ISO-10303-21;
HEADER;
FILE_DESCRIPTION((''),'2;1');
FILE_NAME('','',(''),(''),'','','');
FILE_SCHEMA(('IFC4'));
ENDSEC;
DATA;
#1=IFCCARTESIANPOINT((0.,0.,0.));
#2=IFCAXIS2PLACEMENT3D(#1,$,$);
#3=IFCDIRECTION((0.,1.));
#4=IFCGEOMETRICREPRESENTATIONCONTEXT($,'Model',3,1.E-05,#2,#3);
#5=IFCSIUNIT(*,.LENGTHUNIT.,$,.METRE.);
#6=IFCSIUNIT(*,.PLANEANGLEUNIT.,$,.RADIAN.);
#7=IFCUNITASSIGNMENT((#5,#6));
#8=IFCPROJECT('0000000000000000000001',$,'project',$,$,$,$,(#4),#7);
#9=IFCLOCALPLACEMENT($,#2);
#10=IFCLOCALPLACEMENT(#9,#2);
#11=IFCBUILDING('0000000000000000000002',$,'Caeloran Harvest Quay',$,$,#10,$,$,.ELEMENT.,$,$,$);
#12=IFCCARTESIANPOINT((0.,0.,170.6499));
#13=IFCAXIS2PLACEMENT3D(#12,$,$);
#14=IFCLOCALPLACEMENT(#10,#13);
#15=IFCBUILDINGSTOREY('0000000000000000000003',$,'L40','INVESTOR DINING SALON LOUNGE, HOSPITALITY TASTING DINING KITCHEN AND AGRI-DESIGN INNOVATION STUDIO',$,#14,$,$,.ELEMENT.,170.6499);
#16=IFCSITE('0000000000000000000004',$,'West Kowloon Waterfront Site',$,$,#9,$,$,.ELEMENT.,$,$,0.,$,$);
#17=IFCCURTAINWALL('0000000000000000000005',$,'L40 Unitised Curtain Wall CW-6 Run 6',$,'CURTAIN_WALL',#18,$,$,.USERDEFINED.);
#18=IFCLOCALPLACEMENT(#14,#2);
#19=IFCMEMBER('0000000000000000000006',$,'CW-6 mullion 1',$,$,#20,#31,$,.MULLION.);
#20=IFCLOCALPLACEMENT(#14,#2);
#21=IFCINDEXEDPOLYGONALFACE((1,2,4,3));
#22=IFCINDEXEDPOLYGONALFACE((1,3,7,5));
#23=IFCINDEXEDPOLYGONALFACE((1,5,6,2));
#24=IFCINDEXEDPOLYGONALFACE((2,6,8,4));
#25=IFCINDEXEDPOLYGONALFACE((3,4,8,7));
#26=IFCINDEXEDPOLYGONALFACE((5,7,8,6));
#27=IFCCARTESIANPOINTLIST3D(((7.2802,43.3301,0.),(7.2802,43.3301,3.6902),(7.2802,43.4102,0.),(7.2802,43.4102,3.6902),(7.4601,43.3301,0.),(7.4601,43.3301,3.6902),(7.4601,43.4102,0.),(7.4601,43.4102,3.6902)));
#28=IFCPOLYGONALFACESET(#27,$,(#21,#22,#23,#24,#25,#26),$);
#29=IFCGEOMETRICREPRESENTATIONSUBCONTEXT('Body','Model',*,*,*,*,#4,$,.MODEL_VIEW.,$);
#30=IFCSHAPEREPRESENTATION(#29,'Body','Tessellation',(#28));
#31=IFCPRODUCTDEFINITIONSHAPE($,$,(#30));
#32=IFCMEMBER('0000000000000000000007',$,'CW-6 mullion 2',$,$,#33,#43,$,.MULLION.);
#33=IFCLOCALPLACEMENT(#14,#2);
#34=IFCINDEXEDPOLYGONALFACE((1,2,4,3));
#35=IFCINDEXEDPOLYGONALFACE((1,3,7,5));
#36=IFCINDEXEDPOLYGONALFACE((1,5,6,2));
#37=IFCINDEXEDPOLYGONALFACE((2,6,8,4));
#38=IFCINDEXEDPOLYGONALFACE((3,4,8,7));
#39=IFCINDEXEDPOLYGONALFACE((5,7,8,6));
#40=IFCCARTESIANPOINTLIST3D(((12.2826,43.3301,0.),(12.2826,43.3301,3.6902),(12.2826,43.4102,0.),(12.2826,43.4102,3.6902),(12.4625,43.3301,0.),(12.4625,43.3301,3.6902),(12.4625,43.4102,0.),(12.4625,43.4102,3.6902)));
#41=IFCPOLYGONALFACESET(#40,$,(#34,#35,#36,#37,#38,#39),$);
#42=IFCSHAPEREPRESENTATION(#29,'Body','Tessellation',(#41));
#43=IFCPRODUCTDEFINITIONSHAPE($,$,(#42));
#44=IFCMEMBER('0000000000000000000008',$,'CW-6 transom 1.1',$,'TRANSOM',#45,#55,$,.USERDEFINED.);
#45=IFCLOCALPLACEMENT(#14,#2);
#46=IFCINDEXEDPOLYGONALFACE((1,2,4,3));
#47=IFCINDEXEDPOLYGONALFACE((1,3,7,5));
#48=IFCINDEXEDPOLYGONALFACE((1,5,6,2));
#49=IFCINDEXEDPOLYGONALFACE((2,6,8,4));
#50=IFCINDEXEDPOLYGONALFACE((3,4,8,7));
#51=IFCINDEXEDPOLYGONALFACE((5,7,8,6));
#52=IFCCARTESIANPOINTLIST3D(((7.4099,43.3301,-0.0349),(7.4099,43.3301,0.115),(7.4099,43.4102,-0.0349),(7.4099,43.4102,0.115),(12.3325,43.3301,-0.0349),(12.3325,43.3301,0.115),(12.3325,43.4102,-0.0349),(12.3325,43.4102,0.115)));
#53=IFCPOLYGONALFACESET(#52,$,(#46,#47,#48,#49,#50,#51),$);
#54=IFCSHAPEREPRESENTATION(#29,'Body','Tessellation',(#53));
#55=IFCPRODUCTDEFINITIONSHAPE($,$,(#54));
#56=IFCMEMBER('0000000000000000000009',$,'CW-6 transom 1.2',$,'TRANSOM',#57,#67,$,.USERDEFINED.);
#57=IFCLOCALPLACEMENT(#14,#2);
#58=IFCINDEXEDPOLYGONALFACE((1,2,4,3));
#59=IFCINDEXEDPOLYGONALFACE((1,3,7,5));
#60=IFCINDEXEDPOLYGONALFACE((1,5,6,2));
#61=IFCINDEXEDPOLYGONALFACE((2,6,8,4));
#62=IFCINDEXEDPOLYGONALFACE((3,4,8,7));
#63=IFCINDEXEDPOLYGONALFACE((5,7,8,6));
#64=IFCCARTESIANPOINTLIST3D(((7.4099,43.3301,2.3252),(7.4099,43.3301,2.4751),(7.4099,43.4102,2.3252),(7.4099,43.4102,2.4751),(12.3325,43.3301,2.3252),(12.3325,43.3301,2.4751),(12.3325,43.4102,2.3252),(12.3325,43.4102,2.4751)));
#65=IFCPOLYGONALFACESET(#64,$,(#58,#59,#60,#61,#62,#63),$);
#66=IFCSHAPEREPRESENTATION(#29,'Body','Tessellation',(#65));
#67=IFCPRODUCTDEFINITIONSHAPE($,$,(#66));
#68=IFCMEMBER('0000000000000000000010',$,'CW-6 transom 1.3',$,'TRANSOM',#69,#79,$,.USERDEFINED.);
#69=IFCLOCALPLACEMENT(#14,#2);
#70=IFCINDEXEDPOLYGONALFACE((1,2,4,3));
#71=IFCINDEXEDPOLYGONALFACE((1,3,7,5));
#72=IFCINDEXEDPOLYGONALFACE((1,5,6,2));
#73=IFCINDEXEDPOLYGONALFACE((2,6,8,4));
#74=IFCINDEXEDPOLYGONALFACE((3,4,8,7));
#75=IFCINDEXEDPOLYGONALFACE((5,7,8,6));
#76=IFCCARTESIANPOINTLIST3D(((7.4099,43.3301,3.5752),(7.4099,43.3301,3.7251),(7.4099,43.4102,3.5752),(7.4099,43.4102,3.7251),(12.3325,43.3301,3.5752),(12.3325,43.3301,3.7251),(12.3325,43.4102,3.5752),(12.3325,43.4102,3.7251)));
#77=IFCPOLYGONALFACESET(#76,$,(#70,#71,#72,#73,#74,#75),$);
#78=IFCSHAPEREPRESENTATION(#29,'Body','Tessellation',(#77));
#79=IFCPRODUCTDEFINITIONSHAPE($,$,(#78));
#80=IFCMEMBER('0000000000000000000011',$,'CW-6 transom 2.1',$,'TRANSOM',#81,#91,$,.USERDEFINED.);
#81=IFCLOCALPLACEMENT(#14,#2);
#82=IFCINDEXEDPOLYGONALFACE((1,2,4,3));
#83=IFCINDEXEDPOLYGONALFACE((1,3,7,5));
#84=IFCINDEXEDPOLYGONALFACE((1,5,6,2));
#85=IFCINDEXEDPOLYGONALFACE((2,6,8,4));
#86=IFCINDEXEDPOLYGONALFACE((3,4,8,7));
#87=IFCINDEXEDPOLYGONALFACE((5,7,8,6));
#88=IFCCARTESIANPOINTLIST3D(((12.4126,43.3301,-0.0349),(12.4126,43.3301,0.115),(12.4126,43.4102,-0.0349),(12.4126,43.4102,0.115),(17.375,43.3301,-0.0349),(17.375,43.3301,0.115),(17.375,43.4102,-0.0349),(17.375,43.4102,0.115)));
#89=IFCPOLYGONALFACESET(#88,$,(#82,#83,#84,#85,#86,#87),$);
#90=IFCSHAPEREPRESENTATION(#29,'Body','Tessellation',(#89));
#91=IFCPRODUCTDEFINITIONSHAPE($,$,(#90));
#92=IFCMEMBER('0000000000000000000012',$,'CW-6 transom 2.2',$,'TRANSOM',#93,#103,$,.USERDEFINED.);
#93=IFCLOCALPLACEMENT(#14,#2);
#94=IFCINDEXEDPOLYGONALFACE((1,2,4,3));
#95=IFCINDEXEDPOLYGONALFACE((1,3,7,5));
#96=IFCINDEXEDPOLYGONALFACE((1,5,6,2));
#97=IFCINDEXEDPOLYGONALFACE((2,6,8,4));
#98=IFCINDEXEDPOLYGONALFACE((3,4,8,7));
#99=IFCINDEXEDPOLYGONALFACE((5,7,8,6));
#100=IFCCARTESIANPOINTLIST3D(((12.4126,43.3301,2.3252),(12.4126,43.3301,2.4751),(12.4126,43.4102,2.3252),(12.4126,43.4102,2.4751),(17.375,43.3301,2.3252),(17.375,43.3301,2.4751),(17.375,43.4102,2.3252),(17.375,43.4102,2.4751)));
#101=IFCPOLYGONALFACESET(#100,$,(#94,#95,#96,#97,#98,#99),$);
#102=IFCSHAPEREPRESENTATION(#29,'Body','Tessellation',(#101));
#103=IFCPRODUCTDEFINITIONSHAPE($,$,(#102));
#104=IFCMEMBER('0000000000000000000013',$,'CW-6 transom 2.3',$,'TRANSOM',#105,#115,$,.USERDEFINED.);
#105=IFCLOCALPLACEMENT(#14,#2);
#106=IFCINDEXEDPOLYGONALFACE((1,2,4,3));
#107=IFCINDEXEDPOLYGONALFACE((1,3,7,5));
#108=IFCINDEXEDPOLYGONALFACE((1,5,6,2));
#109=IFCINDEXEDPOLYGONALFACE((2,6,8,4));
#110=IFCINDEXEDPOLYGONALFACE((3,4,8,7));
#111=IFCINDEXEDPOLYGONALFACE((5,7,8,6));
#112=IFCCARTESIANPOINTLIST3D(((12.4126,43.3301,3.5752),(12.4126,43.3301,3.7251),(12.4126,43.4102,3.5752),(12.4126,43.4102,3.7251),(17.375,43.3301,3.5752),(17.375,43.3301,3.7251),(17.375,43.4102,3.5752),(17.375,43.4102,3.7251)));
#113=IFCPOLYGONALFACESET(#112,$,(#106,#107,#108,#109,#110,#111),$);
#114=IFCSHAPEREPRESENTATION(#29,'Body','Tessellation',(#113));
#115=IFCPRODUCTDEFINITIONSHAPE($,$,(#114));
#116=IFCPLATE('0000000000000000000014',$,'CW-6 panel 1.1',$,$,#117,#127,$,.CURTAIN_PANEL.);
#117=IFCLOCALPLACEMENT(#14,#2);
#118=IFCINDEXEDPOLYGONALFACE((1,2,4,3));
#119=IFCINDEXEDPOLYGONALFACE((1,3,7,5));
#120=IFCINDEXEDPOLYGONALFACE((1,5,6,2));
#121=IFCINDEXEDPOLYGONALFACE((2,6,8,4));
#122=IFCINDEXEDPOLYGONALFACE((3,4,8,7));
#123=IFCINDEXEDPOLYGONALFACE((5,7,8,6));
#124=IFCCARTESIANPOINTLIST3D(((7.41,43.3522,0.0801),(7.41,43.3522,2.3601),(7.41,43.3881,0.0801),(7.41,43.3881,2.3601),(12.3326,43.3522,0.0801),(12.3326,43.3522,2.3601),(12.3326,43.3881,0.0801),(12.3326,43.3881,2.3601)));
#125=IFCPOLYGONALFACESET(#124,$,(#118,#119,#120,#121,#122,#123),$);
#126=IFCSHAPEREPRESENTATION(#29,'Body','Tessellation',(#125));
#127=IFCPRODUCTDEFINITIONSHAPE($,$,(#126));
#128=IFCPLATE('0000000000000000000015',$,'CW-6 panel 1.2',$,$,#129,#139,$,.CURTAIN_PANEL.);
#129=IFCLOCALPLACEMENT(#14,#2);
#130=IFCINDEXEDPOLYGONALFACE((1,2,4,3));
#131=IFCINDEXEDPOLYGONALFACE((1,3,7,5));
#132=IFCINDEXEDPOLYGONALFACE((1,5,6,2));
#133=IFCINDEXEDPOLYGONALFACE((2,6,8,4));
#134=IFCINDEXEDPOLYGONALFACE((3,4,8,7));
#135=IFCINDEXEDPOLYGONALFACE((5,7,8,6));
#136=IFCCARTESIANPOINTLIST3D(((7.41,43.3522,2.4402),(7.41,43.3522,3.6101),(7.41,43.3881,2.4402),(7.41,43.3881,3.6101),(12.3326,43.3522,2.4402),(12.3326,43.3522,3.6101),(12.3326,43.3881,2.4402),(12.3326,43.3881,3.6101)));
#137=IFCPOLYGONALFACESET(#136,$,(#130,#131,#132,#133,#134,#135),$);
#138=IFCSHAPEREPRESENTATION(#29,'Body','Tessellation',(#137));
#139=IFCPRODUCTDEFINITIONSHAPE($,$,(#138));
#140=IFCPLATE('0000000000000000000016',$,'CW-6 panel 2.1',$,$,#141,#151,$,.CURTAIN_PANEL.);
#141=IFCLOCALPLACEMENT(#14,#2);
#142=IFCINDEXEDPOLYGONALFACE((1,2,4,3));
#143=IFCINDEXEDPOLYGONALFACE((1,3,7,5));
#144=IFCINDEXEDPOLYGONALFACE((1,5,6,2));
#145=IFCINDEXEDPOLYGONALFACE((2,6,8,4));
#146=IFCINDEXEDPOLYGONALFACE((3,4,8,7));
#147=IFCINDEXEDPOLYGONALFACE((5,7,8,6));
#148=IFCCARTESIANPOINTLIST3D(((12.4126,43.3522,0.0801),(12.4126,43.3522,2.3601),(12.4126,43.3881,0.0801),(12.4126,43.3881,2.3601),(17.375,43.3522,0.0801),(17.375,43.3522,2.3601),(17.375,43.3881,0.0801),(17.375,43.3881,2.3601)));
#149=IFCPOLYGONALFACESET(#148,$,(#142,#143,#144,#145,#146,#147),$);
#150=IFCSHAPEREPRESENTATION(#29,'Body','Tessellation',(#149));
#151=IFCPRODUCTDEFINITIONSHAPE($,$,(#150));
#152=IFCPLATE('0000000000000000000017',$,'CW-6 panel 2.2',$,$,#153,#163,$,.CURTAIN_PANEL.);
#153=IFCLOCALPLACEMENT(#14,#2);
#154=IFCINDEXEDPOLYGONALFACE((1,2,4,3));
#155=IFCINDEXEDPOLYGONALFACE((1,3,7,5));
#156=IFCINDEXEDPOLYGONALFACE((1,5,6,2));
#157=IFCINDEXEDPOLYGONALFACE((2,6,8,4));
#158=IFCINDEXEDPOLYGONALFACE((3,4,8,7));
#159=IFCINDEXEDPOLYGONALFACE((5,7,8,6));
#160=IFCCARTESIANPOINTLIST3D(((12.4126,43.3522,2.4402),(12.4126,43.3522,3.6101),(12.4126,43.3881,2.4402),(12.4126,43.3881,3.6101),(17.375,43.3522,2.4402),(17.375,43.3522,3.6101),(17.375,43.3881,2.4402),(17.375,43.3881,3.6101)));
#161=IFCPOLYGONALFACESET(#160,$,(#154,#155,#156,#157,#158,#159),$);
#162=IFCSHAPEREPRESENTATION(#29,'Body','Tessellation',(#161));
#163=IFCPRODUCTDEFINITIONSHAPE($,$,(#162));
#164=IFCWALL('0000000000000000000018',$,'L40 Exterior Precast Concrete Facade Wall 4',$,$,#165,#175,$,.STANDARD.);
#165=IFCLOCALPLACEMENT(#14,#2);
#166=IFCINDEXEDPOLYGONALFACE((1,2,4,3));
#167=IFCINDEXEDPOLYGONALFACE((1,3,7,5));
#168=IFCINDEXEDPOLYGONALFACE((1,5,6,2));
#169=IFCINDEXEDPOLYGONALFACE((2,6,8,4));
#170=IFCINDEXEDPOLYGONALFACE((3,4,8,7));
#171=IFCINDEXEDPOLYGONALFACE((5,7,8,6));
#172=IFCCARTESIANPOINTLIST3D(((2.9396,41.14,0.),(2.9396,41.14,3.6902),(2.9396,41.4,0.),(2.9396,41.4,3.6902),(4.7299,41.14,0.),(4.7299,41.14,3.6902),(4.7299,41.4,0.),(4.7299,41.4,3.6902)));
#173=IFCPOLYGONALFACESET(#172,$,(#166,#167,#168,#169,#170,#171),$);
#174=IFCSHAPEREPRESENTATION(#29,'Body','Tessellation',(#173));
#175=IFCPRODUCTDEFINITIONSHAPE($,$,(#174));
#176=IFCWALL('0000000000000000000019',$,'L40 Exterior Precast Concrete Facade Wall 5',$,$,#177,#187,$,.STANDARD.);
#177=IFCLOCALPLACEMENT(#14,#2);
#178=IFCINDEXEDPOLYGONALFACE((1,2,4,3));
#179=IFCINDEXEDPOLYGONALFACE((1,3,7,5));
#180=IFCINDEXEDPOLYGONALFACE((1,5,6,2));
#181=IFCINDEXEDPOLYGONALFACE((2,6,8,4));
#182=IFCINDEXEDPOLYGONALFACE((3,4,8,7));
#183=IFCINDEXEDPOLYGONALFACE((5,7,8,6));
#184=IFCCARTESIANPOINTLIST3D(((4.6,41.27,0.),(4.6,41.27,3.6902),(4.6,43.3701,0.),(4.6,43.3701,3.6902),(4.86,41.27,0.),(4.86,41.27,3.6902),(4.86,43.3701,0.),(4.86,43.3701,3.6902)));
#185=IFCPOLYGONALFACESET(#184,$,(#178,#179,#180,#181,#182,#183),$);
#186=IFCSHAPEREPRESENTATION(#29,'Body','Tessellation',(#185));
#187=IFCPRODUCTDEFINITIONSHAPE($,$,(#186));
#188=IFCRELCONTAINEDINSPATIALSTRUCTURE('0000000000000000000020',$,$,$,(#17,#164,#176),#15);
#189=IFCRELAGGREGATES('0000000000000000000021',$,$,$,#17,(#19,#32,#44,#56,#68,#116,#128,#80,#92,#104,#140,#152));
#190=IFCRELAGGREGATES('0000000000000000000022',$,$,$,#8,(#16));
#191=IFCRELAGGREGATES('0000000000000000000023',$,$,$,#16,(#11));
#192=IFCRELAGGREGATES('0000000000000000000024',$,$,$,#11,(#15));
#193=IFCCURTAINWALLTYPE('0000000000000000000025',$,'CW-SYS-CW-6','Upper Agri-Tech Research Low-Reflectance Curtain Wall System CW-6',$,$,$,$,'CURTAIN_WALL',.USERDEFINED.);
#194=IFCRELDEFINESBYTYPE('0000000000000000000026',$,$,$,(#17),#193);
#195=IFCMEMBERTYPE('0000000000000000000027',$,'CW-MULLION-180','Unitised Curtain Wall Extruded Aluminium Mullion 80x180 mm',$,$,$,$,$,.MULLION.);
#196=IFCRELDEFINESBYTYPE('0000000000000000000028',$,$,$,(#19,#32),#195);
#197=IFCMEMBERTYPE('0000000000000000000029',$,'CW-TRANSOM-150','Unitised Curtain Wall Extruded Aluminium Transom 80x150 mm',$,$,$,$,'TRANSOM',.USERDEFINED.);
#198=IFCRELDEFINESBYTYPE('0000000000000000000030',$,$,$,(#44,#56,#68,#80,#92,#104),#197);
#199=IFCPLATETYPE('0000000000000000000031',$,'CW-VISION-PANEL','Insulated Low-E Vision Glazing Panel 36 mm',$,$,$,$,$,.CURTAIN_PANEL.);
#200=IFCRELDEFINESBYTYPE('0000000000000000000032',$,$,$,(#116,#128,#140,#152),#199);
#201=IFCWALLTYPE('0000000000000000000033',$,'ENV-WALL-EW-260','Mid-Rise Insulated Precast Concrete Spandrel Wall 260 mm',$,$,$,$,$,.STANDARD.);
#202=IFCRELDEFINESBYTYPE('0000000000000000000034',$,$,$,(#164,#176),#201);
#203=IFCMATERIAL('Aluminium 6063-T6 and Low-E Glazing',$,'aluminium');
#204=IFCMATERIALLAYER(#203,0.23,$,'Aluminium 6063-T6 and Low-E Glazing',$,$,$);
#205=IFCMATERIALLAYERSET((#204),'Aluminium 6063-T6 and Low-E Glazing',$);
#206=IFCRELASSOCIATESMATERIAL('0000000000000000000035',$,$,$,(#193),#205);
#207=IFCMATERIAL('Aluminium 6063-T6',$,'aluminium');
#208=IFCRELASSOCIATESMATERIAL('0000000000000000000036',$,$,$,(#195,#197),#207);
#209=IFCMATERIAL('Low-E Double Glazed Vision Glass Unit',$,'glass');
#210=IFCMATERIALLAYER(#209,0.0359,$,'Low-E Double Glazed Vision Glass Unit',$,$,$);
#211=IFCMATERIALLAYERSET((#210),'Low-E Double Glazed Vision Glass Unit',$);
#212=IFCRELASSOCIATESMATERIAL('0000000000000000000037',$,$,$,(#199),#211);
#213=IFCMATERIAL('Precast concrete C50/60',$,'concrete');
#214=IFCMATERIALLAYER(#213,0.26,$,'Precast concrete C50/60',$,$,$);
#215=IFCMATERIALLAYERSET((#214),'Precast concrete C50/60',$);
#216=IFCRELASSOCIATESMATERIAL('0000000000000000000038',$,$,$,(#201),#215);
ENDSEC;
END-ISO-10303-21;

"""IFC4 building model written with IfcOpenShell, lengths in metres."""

from ifc_helpers import new_model, si_unit, direction, frame, frame_2d, origin, origin_2d, place, context, subcontext, project, spatial, rectangle, extrude, material, layer, layer_set, material_profile, profile_set, type_object, element, aggregate, save


model = new_model("IFC4")

# Units and contexts
model_context = context("Model", 3, precision=1e-05, world=origin(), true_north=direction((0.0, 1.0)))
body_context = subcontext(model_context, "Body", "Model", "MODEL_VIEW")
ifc_project = project(units=[si_unit("LENGTHUNIT", "METRE"), si_unit("PLANEANGLEUNIT", "RADIAN")], contexts=[model_context])

# Site, building, storey
site_placement = place(None, origin())
site = spatial("IfcSite", under=ifc_project, at=site_placement, Name="West Kowloon Waterfront Site", CompositionType="ELEMENT", RefElevation=0.0)
building_placement = place(site_placement, origin())
building = spatial("IfcBuilding", under=site, at=building_placement, Name="Caeloran Harvest Quay", CompositionType="ELEMENT")
storey_placement = place(building_placement, frame((0.0, 0.0, 170.6499)))
storey = spatial("IfcBuildingStorey", under=building, at=storey_placement, Name="L40", Description="INVESTOR DINING SALON LOUNGE, HOSPITALITY TASTING DINING KITCHEN AND AGRI-DESIGN INNOVATION STUDIO", CompositionType="ELEMENT", Elevation=170.6499)

# Curtain wall, members, plates
ifc_material_1 = material(Name="Aluminium 6063-T6 and Low-E Glazing", Category="aluminium")
ifc_layer_1 = layer(ifc_material_1, 0.23, Name="Aluminium 6063-T6 and Low-E Glazing")
ifc_layer_set_1 = layer_set([ifc_layer_1], Name="Aluminium 6063-T6 and Low-E Glazing")
curtain_wall_type = type_object("IfcCurtainWallType", Name="CW-SYS-CW-6", Description="Upper Agri-Tech Research Low-Reflectance Curtain Wall System CW-6", ElementType="CURTAIN_WALL", PredefinedType="USERDEFINED", material=ifc_layer_set_1)
curtain_wall_placement = place(storey_placement, origin())
curtain_wall = element("IfcCurtainWall", 1, at=curtain_wall_placement, inside=storey, type_object=curtain_wall_type, Name="L40 Unitised Curtain Wall CW-6 Run 6", ObjectType="CURTAIN_WALL", PredefinedType="USERDEFINED")
ifc_material_2 = material(Name="Aluminium 6063-T6", Category="aluminium")
ifc_material_profile_1 = material_profile(ifc_material_2, rectangle(XDim=0.0801, YDim=0.1799, at=origin_2d()), Name="CW-MULLION-180")
ifc_profile_set_1 = profile_set([ifc_material_profile_1], Name="Aluminium 6063-T6")
member_type_1 = type_object("IfcMemberType", Name="CW-MULLION-180", Description="Unitised Curtain Wall Extruded Aluminium Mullion 80x180 mm", PredefinedType="MULLION", material=ifc_profile_set_1)
member_1_placement = place(storey_placement, frame((7.3701, 43.3701, 0.0), z_axis=(0.0, 0.0, 1.0), x_axis=(0.0, 1.0, 0.0)))
member_1 = element("IfcMember", 2, at=member_1_placement, type_object=member_type_1, Name="CW-6 mullion 1", PredefinedType="MULLION", context=body_context, shape_type="SweptSolid", body=[
    extrude(rectangle(XDim=0.0801, YDim=0.1799, at=origin_2d()), origin(), (0.0, 0.0, 1.0), 3.6902),
])
member_2_placement = place(storey_placement, frame((12.3726, 43.3701, 0.0), z_axis=(0.0, 0.0, 1.0), x_axis=(0.0, 1.0, 0.0)))
member_2 = element("IfcMember", 3, at=member_2_placement, type_object=member_type_1, Name="CW-6 mullion 2", PredefinedType="MULLION", context=body_context, shape_type="SweptSolid", body=[
    extrude(rectangle(XDim=0.0801, YDim=0.1799, at=origin_2d()), origin(), (0.0, 0.0, 1.0), 3.6902),
])
ifc_material_profile_2 = material_profile(ifc_material_2, rectangle(XDim=0.0801, YDim=0.1499, at=origin_2d()), Name="CW-TRANSOM-150")
ifc_profile_set_2 = profile_set([ifc_material_profile_2], Name="Aluminium 6063-T6")
member_type_2 = type_object("IfcMemberType", Name="CW-TRANSOM-150", Description="Unitised Curtain Wall Extruded Aluminium Transom 80x150 mm", ElementType="TRANSOM", PredefinedType="USERDEFINED", material=ifc_profile_set_2)
member_3_placement = place(storey_placement, frame((7.4099, 43.3701, 0.04), z_axis=(1.0, 0.0, 0.0), x_axis=(0.0, 1.0, 0.0)))
member_3 = element("IfcMember", 4, at=member_3_placement, type_object=member_type_2, Name="CW-6 transom 1.1", ObjectType="TRANSOM", PredefinedType="USERDEFINED", context=body_context, shape_type="SweptSolid", body=[
    extrude(rectangle(XDim=0.0801, YDim=0.1499, at=origin_2d()), origin(), (0.0, 0.0, 1.0), 4.9226),
])
member_4_placement = place(storey_placement, frame((7.4099, 43.3701, 2.4001), z_axis=(1.0, 0.0, 0.0), x_axis=(0.0, 1.0, 0.0)))
member_4 = element("IfcMember", 5, at=member_4_placement, type_object=member_type_2, Name="CW-6 transom 1.2", ObjectType="TRANSOM", PredefinedType="USERDEFINED", context=body_context, shape_type="SweptSolid", body=[
    extrude(rectangle(XDim=0.0801, YDim=0.1499, at=origin_2d()), origin(), (0.0, 0.0, 1.0), 4.9226),
])
member_5_placement = place(storey_placement, frame((7.4099, 43.3701, 3.6501), z_axis=(1.0, 0.0, 0.0), x_axis=(0.0, 1.0, 0.0)))
member_5 = element("IfcMember", 6, at=member_5_placement, type_object=member_type_2, Name="CW-6 transom 1.3", ObjectType="TRANSOM", PredefinedType="USERDEFINED", context=body_context, shape_type="SweptSolid", body=[
    extrude(rectangle(XDim=0.0801, YDim=0.1499, at=origin_2d()), origin(), (0.0, 0.0, 1.0), 4.9226),
])
member_6_placement = place(storey_placement, frame((12.4126, 43.3701, 0.04), z_axis=(1.0, 0.0, 0.0), x_axis=(0.0, 1.0, 0.0)))
member_6 = element("IfcMember", 7, at=member_6_placement, type_object=member_type_2, Name="CW-6 transom 2.1", ObjectType="TRANSOM", PredefinedType="USERDEFINED", context=body_context, shape_type="SweptSolid", body=[
    extrude(rectangle(XDim=0.0801, YDim=0.1499, at=origin_2d()), origin(), (0.0, 0.0, 1.0), 4.9624),
])
member_7_placement = place(storey_placement, frame((12.4126, 43.3701, 2.4001), z_axis=(1.0, 0.0, 0.0), x_axis=(0.0, 1.0, 0.0)))
member_7 = element("IfcMember", 8, at=member_7_placement, type_object=member_type_2, Name="CW-6 transom 2.2", ObjectType="TRANSOM", PredefinedType="USERDEFINED", context=body_context, shape_type="SweptSolid", body=[
    extrude(rectangle(XDim=0.0801, YDim=0.1499, at=origin_2d()), origin(), (0.0, 0.0, 1.0), 4.9624),
])
member_8_placement = place(storey_placement, frame((12.4126, 43.3701, 3.6501), z_axis=(1.0, 0.0, 0.0), x_axis=(0.0, 1.0, 0.0)))
member_8 = element("IfcMember", 9, at=member_8_placement, type_object=member_type_2, Name="CW-6 transom 2.3", ObjectType="TRANSOM", PredefinedType="USERDEFINED", context=body_context, shape_type="SweptSolid", body=[
    extrude(rectangle(XDim=0.0801, YDim=0.1499, at=origin_2d()), origin(), (0.0, 0.0, 1.0), 4.9624),
])
ifc_material_3 = material(Name="Low-E Double Glazed Vision Glass Unit", Category="glass")
ifc_layer_2 = layer(ifc_material_3, 0.0359, Name="Low-E Double Glazed Vision Glass Unit")
ifc_layer_set_2 = layer_set([ifc_layer_2], Name="Low-E Double Glazed Vision Glass Unit")
plate_type = type_object("IfcPlateType", Name="CW-VISION-PANEL", Description="Insulated Low-E Vision Glazing Panel 36 mm", PredefinedType="CURTAIN_PANEL", material=ifc_layer_set_2)
plate_1_placement = place(storey_placement, frame((9.8713, 43.3701, 0.0801), z_axis=(0.0, 0.0, 1.0), x_axis=(1.0, 0.0, 0.0)))
plate_1 = element("IfcPlate", 10, at=plate_1_placement, type_object=plate_type, Name="CW-6 panel 1.1", PredefinedType="CURTAIN_PANEL", context=body_context, shape_type="SweptSolid", body=[
    extrude(rectangle(XDim=4.9226, YDim=0.0359, at=origin_2d()), origin(), (0.0, 0.0, 1.0), 2.28),
])
plate_2_placement = place(storey_placement, frame((9.8713, 43.3701, 2.4402), z_axis=(0.0, 0.0, 1.0), x_axis=(1.0, 0.0, 0.0)))
plate_2 = element("IfcPlate", 11, at=plate_2_placement, type_object=plate_type, Name="CW-6 panel 1.2", PredefinedType="CURTAIN_PANEL", context=body_context, shape_type="SweptSolid", body=[
    extrude(rectangle(XDim=4.9226, YDim=0.0359, at=origin_2d()), origin(), (0.0, 0.0, 1.0), 1.1699),
])
plate_3_placement = place(storey_placement, frame((14.8938, 43.3701, 0.0801), z_axis=(0.0, 0.0, 1.0), x_axis=(1.0, 0.0, 0.0)))
plate_3 = element("IfcPlate", 12, at=plate_3_placement, type_object=plate_type, Name="CW-6 panel 2.1", PredefinedType="CURTAIN_PANEL", context=body_context, shape_type="SweptSolid", body=[
    extrude(rectangle(XDim=4.9624, YDim=0.0359, at=origin_2d()), origin(), (0.0, 0.0, 1.0), 2.28),
])
plate_4_placement = place(storey_placement, frame((14.8938, 43.3701, 2.4402), z_axis=(0.0, 0.0, 1.0), x_axis=(1.0, 0.0, 0.0)))
plate_4 = element("IfcPlate", 13, at=plate_4_placement, type_object=plate_type, Name="CW-6 panel 2.2", PredefinedType="CURTAIN_PANEL", context=body_context, shape_type="SweptSolid", body=[
    extrude(rectangle(XDim=4.9624, YDim=0.0359, at=origin_2d()), origin(), (0.0, 0.0, 1.0), 1.1699),
])
aggregate(curtain_wall, [member_1, member_2, member_3, member_4, member_5, plate_1, plate_2, member_6, member_7, member_8, plate_3, plate_4])

# Walls
ifc_material_4 = material(Name="Precast concrete C50/60", Category="concrete")
ifc_layer_3 = layer(ifc_material_4, 0.26, Name="Precast concrete C50/60")
ifc_layer_set_3 = layer_set([ifc_layer_3], Name="Precast concrete C50/60")
wall_type_1 = type_object("IfcWallType", Name="ENV-WALL-EW-260", Description="Mid-Rise Insulated Precast Concrete Spandrel Wall 260 mm", PredefinedType="STANDARD", material=ifc_layer_set_3)
wall_1_placement = place(storey_placement, frame((2.9397, 41.27, 0.0), z_axis=(0.0, 0.0, 1.0), x_axis=(1.0, 0.0, 0.0)))
element("IfcWall", 14, at=wall_1_placement, inside=storey, type_object=wall_type_1, Name="L40 Exterior Precast Concrete Facade Wall 4", PredefinedType="STANDARD", context=body_context, shape_type="SweptSolid", body=[
    extrude(rectangle(XDim=1.7903, YDim=0.26, at=frame_2d((0.895, 0.0))), origin(), (0.0, 0.0, 1.0), 3.6902),
])
wall_2_placement = place(storey_placement, frame((4.73, 41.27, 0.0), z_axis=(0.0, 0.0, 1.0), x_axis=(0.0, 1.0, 0.0)))
element("IfcWall", 15, at=wall_2_placement, inside=storey, type_object=wall_type_1, Name="L40 Exterior Precast Concrete Facade Wall 5", PredefinedType="STANDARD", context=body_context, shape_type="SweptSolid", body=[
    extrude(rectangle(XDim=2.1001, YDim=0.26, at=frame_2d((1.05, 0.0))), origin(), (0.0, 0.0, 1.0), 3.6902),
])

save(model, "model.ifc")
